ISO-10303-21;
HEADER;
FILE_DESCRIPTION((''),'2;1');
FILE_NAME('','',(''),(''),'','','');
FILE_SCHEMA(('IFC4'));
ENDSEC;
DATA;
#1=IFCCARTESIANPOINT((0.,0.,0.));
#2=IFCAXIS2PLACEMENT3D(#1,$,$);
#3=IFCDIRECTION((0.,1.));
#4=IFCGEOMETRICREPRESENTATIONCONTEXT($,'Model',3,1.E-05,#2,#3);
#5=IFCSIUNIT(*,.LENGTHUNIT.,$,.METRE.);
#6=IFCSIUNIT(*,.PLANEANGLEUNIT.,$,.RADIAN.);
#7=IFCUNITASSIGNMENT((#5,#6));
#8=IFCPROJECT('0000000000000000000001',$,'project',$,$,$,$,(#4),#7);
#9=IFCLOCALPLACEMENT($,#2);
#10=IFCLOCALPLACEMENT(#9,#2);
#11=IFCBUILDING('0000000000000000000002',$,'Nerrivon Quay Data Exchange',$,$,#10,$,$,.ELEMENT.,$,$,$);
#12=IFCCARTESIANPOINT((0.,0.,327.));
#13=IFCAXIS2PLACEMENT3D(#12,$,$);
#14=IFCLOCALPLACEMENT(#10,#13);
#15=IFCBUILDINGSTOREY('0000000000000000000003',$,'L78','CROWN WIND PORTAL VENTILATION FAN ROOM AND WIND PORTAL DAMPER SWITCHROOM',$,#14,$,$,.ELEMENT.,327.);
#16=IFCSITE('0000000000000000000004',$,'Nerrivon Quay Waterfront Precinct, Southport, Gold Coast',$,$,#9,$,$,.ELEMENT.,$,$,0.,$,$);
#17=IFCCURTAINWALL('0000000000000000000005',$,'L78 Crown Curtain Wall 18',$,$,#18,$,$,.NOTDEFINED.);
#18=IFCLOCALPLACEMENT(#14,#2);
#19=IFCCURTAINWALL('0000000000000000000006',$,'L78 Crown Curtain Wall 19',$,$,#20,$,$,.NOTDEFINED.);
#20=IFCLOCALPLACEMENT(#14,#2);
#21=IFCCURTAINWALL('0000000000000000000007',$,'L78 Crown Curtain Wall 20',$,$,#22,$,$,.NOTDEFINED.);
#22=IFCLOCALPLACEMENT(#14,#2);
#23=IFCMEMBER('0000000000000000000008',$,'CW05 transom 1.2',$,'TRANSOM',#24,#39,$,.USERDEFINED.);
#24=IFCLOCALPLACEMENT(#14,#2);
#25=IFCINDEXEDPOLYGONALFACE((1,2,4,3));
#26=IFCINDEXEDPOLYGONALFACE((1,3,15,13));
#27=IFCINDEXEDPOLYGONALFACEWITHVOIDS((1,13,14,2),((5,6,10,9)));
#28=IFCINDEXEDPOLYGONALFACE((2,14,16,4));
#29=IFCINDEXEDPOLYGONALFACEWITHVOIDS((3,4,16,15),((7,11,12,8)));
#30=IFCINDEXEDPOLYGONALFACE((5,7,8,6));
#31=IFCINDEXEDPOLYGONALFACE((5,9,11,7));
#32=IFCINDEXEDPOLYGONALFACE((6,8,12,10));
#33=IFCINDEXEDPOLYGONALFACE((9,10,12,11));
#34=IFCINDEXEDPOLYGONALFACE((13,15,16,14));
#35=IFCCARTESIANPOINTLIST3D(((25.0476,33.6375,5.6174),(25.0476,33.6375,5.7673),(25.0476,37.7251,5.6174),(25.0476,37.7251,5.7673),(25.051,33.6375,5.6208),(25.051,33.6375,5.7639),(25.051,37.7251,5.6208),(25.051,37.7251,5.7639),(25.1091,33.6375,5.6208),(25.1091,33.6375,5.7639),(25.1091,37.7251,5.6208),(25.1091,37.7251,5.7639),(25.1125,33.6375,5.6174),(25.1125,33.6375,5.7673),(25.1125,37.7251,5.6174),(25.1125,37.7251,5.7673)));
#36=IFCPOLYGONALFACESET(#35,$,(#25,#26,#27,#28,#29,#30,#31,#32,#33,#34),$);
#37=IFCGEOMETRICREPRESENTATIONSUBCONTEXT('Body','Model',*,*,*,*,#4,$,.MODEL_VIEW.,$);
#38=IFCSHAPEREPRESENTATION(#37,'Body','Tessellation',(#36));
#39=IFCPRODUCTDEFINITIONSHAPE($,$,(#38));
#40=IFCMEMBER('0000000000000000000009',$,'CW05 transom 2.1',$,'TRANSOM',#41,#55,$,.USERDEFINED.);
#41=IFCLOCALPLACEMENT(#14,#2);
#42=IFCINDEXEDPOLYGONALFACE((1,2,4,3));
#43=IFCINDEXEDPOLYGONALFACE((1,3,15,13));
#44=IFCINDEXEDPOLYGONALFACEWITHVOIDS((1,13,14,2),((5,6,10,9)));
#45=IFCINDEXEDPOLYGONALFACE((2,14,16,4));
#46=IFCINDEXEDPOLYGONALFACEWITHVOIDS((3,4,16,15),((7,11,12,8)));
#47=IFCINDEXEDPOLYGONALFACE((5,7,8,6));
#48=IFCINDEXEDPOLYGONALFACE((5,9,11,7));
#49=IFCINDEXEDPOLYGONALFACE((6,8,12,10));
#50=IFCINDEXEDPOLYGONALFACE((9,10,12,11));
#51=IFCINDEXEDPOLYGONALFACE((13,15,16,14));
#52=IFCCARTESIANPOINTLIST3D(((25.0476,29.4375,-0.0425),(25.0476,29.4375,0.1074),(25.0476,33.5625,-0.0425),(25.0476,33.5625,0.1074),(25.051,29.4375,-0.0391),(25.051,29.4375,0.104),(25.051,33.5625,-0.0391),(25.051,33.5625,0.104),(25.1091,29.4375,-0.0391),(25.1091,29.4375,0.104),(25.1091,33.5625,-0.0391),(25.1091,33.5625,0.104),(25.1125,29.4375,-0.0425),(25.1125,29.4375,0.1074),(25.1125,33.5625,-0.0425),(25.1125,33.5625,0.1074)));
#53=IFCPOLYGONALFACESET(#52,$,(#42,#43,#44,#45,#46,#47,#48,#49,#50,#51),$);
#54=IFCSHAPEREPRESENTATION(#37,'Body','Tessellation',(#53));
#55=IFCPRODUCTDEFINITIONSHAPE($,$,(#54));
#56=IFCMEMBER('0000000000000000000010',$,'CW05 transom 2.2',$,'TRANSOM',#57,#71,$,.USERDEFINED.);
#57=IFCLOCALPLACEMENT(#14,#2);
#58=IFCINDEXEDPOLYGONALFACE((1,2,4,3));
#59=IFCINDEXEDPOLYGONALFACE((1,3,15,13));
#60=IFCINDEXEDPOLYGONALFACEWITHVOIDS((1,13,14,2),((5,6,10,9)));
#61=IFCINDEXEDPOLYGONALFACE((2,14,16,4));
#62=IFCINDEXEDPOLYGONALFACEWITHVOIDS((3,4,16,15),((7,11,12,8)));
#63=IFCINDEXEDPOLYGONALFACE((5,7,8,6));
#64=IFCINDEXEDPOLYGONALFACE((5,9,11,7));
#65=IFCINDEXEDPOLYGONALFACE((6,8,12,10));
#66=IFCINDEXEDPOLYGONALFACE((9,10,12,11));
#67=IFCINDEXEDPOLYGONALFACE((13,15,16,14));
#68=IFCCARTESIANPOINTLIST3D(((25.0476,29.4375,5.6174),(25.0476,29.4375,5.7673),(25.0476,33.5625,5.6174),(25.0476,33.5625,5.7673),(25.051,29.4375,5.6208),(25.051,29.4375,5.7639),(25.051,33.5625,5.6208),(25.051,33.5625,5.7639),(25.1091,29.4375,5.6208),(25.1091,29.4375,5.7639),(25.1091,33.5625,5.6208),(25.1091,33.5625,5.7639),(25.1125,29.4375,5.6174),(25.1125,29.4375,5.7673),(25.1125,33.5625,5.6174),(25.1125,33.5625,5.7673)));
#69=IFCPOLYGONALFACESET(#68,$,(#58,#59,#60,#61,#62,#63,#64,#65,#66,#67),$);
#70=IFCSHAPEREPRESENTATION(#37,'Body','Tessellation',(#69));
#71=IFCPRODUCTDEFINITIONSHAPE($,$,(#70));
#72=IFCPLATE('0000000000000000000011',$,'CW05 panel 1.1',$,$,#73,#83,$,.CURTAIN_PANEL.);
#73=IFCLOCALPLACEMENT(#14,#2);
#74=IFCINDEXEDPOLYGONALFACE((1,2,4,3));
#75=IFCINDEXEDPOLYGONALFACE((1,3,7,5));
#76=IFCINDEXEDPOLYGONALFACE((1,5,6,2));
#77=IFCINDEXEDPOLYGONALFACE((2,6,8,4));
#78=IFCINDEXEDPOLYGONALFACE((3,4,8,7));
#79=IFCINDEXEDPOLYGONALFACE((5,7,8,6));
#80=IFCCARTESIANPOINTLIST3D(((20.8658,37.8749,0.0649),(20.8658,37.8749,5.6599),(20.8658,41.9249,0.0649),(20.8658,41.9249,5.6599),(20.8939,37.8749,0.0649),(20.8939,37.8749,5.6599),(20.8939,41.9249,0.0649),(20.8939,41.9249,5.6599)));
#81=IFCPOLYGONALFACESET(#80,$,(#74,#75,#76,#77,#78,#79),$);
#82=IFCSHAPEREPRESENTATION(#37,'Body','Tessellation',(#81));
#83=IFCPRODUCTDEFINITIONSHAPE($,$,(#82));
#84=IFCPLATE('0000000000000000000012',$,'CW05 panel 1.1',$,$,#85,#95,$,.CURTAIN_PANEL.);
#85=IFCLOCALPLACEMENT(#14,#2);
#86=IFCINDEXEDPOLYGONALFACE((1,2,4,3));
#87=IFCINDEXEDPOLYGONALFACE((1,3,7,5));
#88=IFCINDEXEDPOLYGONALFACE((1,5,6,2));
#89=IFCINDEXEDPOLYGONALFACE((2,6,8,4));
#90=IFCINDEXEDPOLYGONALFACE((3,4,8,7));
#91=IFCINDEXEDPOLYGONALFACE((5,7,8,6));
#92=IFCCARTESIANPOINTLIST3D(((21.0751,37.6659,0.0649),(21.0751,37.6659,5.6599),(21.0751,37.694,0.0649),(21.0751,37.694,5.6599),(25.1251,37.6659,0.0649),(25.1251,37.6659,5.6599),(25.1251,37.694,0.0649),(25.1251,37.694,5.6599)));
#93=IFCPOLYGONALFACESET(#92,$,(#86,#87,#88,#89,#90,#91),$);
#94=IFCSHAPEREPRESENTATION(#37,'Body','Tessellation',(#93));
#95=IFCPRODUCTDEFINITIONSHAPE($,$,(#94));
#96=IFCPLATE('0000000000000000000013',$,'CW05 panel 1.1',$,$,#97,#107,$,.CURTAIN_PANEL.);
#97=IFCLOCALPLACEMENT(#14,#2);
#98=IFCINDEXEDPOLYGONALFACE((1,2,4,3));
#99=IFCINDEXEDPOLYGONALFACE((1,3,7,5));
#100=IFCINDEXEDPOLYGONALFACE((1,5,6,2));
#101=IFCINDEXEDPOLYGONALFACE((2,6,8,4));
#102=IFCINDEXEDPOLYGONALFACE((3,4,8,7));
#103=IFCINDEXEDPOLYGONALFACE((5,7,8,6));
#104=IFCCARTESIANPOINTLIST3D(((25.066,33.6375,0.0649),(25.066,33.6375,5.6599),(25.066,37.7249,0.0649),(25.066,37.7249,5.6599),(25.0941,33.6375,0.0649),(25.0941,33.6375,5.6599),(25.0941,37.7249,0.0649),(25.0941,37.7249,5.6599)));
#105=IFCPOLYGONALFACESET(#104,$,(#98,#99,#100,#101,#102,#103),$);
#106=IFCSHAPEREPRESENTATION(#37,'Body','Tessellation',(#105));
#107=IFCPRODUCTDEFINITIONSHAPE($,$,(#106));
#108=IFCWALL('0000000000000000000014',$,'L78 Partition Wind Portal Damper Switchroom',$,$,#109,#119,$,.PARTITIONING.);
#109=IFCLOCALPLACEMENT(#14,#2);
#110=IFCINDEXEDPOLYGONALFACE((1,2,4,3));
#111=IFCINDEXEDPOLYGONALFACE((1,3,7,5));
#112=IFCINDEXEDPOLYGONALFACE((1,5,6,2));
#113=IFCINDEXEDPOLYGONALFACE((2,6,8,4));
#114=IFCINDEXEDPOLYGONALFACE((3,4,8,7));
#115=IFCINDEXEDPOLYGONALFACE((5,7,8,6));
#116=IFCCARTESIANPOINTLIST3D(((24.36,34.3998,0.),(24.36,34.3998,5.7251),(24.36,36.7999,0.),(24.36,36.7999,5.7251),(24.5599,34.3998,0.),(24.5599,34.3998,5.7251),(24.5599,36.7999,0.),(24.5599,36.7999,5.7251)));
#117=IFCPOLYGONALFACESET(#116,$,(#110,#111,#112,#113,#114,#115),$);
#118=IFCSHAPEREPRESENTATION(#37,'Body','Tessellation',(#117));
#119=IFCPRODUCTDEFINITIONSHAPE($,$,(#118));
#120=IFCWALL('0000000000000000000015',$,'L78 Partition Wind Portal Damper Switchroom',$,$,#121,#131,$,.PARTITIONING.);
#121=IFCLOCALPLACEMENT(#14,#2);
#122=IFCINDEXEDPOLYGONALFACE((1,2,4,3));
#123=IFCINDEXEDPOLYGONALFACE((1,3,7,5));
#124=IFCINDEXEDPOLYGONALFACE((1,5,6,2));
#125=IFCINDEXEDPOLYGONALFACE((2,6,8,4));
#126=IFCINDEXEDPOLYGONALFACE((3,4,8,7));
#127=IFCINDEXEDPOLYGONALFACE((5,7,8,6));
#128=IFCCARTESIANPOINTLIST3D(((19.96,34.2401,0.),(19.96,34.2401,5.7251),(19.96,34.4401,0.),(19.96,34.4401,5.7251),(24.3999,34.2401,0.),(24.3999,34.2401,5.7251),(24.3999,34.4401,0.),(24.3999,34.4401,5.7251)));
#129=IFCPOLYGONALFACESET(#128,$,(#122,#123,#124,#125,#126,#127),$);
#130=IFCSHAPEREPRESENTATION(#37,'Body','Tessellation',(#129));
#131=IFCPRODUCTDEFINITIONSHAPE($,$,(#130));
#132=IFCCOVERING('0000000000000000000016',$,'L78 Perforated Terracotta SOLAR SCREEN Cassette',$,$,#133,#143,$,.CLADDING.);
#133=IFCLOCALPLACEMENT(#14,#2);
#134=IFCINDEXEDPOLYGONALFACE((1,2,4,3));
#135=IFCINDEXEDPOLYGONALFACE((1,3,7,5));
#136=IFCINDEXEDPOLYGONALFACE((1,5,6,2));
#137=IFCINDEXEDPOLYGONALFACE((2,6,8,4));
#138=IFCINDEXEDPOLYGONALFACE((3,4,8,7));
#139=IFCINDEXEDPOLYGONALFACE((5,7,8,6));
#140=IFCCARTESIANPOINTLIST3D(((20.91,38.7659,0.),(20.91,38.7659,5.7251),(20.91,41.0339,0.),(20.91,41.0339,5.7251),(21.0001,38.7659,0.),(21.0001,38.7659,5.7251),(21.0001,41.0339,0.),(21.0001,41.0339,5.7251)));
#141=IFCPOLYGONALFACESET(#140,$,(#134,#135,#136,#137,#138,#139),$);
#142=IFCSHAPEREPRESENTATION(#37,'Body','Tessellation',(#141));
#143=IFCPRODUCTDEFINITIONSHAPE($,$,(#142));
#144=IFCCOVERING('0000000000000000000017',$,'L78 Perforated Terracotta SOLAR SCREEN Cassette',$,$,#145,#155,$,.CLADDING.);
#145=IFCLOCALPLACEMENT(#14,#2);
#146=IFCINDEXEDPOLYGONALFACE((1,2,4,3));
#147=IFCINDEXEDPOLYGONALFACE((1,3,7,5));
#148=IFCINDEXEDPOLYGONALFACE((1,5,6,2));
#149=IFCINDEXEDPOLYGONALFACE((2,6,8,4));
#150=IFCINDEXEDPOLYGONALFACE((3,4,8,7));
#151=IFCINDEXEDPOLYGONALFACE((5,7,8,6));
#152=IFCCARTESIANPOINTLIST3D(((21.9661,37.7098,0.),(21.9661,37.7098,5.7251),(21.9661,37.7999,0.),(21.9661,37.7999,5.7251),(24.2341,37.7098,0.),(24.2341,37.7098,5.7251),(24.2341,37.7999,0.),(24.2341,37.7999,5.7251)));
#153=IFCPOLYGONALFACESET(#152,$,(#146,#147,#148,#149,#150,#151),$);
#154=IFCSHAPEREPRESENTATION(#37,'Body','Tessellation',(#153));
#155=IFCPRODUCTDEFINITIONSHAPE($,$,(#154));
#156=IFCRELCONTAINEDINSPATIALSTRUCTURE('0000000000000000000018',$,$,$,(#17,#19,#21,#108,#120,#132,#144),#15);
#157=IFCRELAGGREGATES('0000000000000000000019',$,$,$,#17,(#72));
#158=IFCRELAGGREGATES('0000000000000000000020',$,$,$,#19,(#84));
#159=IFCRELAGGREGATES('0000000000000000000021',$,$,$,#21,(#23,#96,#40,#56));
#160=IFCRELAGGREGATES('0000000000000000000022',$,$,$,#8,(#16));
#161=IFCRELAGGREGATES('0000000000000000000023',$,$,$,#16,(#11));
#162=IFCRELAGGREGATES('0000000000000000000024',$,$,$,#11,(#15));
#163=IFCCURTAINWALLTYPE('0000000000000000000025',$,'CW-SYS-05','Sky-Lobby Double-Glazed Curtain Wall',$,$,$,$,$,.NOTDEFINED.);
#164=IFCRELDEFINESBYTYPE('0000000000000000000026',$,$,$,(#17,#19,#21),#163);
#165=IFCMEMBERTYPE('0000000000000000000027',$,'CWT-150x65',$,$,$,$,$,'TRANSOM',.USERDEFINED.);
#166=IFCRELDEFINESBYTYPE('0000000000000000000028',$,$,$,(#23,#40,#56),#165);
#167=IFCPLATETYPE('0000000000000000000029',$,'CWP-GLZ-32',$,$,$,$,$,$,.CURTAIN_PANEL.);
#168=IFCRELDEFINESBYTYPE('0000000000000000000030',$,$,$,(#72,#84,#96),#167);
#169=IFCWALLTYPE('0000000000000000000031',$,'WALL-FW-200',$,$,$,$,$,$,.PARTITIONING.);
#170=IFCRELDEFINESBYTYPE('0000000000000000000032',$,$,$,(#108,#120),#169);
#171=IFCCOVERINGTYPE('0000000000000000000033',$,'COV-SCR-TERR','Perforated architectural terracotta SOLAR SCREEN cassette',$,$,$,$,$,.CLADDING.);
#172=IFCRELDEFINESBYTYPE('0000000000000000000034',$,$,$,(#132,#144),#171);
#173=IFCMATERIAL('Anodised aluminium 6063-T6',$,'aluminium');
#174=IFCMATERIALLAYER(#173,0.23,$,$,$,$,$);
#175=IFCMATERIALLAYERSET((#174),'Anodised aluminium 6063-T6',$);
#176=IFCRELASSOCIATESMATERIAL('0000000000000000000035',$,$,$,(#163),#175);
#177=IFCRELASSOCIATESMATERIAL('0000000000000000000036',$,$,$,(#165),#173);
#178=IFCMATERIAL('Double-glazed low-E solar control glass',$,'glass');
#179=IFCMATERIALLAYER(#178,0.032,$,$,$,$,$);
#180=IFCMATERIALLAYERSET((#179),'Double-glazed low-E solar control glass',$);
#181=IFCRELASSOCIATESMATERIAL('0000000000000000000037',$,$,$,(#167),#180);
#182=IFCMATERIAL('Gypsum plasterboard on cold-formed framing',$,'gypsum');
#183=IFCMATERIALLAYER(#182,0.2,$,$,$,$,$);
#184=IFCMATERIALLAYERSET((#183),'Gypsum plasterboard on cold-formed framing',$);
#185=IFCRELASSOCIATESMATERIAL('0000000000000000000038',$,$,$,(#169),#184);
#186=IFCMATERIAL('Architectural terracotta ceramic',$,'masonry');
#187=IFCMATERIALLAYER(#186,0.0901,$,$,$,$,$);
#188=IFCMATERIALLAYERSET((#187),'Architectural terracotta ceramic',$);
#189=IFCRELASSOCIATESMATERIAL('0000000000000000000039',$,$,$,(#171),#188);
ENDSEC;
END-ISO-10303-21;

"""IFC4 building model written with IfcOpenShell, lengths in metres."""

from ifc_helpers import new_model, si_unit, direction, frame, frame_2d, origin, origin_2d, place, context, subcontext, project, spatial, rectangle, hollow_rectangle, extrude, material, layer, layer_set, material_profile, profile_set, type_object, element, aggregate, save


model = new_model("IFC4")

# Units and contexts
model_context = context("Model", 3, precision=1e-05, world=origin(), true_north=direction((0.0, 1.0)))
body_context = subcontext(model_context, "Body", "Model", "MODEL_VIEW")
ifc_project = project(units=[si_unit("LENGTHUNIT", "METRE"), si_unit("PLANEANGLEUNIT", "RADIAN")], contexts=[model_context])

# Site, building, storey
site_placement = place(None, origin())
site = spatial("IfcSite", under=ifc_project, at=site_placement, Name="Nerrivon Quay Waterfront Precinct, Southport, Gold Coast", CompositionType="ELEMENT", RefElevation=0.0)
building_placement = place(site_placement, origin())
building = spatial("IfcBuilding", under=site, at=building_placement, Name="Nerrivon Quay Data Exchange", CompositionType="ELEMENT")
storey_placement = place(building_placement, frame((0.0, 0.0, 327.0)))
storey = spatial("IfcBuildingStorey", under=building, at=storey_placement, Name="L78", Description="CROWN WIND PORTAL VENTILATION FAN ROOM AND WIND PORTAL DAMPER SWITCHROOM", CompositionType="ELEMENT", Elevation=327.0)

# Curtain wall
ifc_material_1 = material(Name="Anodised aluminium 6063-T6", Category="aluminium")
ifc_layer_1 = layer(ifc_material_1, 0.23)
ifc_layer_set_1 = layer_set([ifc_layer_1], Name="Anodised aluminium 6063-T6")
curtain_wall_type = type_object("IfcCurtainWallType", Name="CW-SYS-05", Description="Sky-Lobby Double-Glazed Curtain Wall", PredefinedType="NOTDEFINED", material=ifc_layer_set_1)
curtain_wall_1_placement = place(storey_placement, origin())
curtain_wall_1 = element("IfcCurtainWall", 1, at=curtain_wall_1_placement, inside=storey, type_object=curtain_wall_type, Name="L78 Crown Curtain Wall 18", PredefinedType="NOTDEFINED")

# Curtain walls
curtain_wall_2_placement = place(storey_placement, origin())
curtain_wall_2 = element("IfcCurtainWall", 2, at=curtain_wall_2_placement, inside=storey, type_object=curtain_wall_type, Name="L78 Crown Curtain Wall 19", PredefinedType="NOTDEFINED")
curtain_wall_3_placement = place(storey_placement, origin())
curtain_wall_3 = element("IfcCurtainWall", 3, at=curtain_wall_3_placement, inside=storey, type_object=curtain_wall_type, Name="L78 Crown Curtain Wall 20", PredefinedType="NOTDEFINED")

# Members
ifc_material_profile_1 = material_profile(ifc_material_1, hollow_rectangle(XDim=0.0649, YDim=0.1499, WallThickness=0.0034, at=origin_2d()), Name="ALU-TRAN-150x65")
ifc_profile_set_1 = profile_set([ifc_material_profile_1], Name="Anodised aluminium 6063-T6")
member_type_1 = type_object("IfcMemberType", Name="CWT-150x65", ElementType="TRANSOM", PredefinedType="USERDEFINED", material=ifc_profile_set_1)
member_1_placement = place(storey_placement, frame((25.0801, 37.7251, 5.6924), z_axis=(0.0, -1.0, 0.0), x_axis=(1.0, 0.0, 0.0)))
member_1 = element("IfcMember", 4, at=member_1_placement, type_object=member_type_1, Name="CW05 transom 1.2", ObjectType="TRANSOM", PredefinedType="USERDEFINED", context=body_context, shape_type="SweptSolid", body=[
    extrude(hollow_rectangle(XDim=0.0649, YDim=0.1499, WallThickness=0.0034, at=origin_2d()), origin(), (0.0, 0.0, 1.0), 4.0876),
])
member_2_placement = place(storey_placement, frame((25.0801, 33.5625, 0.0325), z_axis=(0.0, -1.0, 0.0), x_axis=(1.0, 0.0, 0.0)))
member_2 = element("IfcMember", 5, at=member_2_placement, type_object=member_type_1, Name="CW05 transom 2.1", ObjectType="TRANSOM", PredefinedType="USERDEFINED", context=body_context, shape_type="SweptSolid", body=[
    extrude(hollow_rectangle(XDim=0.0649, YDim=0.1499, WallThickness=0.0034, at=origin_2d()), origin(), (0.0, 0.0, 1.0), 4.125),
])
member_3_placement = place(storey_placement, frame((25.0801, 33.5625, 5.6924), z_axis=(0.0, -1.0, 0.0), x_axis=(1.0, 0.0, 0.0)))
member_3 = element("IfcMember", 6, at=member_3_placement, type_object=member_type_1, Name="CW05 transom 2.2", ObjectType="TRANSOM", PredefinedType="USERDEFINED", context=body_context, shape_type="SweptSolid", body=[
    extrude(hollow_rectangle(XDim=0.0649, YDim=0.1499, WallThickness=0.0034, at=origin_2d()), origin(), (0.0, 0.0, 1.0), 4.125),
])

# Plates
ifc_material_2 = material(Name="Double-glazed low-E solar control glass", Category="glass")
ifc_layer_2 = layer(ifc_material_2, 0.032)
ifc_layer_set_2 = layer_set([ifc_layer_2], Name="Double-glazed low-E solar control glass")
plate_type = type_object("IfcPlateType", Name="CWP-GLZ-32", PredefinedType="CURTAIN_PANEL", material=ifc_layer_set_2)
plate_1_placement = place(storey_placement, frame((20.8799, 39.8999, 0.0649), z_axis=(0.0, 0.0, 1.0), x_axis=(0.0, -1.0, 0.0)))
plate_1 = element("IfcPlate", 7, at=plate_1_placement, type_object=plate_type, Name="CW05 panel 1.1", PredefinedType="CURTAIN_PANEL", context=body_context, shape_type="SweptSolid", body=[
    extrude(rectangle(XDim=4.05, YDim=0.0281, at=origin_2d()), origin(), (0.0, 0.0, 1.0), 5.595),
])
aggregate(curtain_wall_1, [plate_1])
plate_2_placement = place(storey_placement, frame((23.1001, 37.6799, 0.0649), z_axis=(0.0, 0.0, 1.0), x_axis=(1.0, 0.0, 0.0)))
plate_2 = element("IfcPlate", 8, at=plate_2_placement, type_object=plate_type, Name="CW05 panel 1.1", PredefinedType="CURTAIN_PANEL", context=body_context, shape_type="SweptSolid", body=[
    extrude(rectangle(XDim=4.05, YDim=0.0281, at=origin_2d()), origin(), (0.0, 0.0, 1.0), 5.595),
])
aggregate(curtain_wall_2, [plate_2])
plate_3_placement = place(storey_placement, frame((25.0801, 35.6812, 0.0649), z_axis=(0.0, 0.0, 1.0), x_axis=(0.0, -1.0, 0.0)))
plate_3 = element("IfcPlate", 9, at=plate_3_placement, type_object=plate_type, Name="CW05 panel 1.1", PredefinedType="CURTAIN_PANEL", context=body_context, shape_type="SweptSolid", body=[
    extrude(rectangle(XDim=4.0874, YDim=0.0281, at=origin_2d()), origin(), (0.0, 0.0, 1.0), 5.595),
])
aggregate(curtain_wall_3, [member_1, plate_3, member_2, member_3])

# Walls
ifc_material_3 = material(Name="Gypsum plasterboard on cold-formed framing", Category="gypsum")
ifc_layer_3 = layer(ifc_material_3, 0.2)
ifc_layer_set_3 = layer_set([ifc_layer_3], Name="Gypsum plasterboard on cold-formed framing")
wall_type = type_object("IfcWallType", Name="WALL-FW-200", PredefinedType="PARTITIONING", material=ifc_layer_set_3)
wall_1_placement = place(storey_placement, frame((24.46, 36.8, 0.0), z_axis=(0.0, 0.0, 1.0), x_axis=(0.0, -1.0, 0.0)))
element("IfcWall", 10, at=wall_1_placement, inside=storey, type_object=wall_type, Name="L78 Partition Wind Portal Damper Switchroom", PredefinedType="PARTITIONING", context=body_context, shape_type="SweptSolid", body=[
    extrude(rectangle(XDim=2.4001, YDim=0.2, at=frame_2d((1.2002, 0.0))), origin(), (0.0, 0.0, 1.0), 5.7251),
])
wall_2_placement = place(storey_placement, frame((24.3999, 34.3401, 0.0), z_axis=(0.0, 0.0, 1.0), x_axis=(-1.0, 0.0, 0.0)))
element("IfcWall", 11, at=wall_2_placement, inside=storey, type_object=wall_type, Name="L78 Partition Wind Portal Damper Switchroom", PredefinedType="PARTITIONING", context=body_context, shape_type="SweptSolid", body=[
    extrude(rectangle(XDim=4.4399, YDim=0.2, at=frame_2d((2.22, 0.0))), origin(), (0.0, 0.0, 1.0), 5.7251),
])

# Coverings
ifc_material_4 = material(Name="Architectural terracotta ceramic", Category="masonry")
ifc_layer_4 = layer(ifc_material_4, 0.0901)
ifc_layer_set_4 = layer_set([ifc_layer_4], Name="Architectural terracotta ceramic")
covering_type = type_object("IfcCoveringType", Name="COV-SCR-TERR", Description="Perforated architectural terracotta SOLAR SCREEN cassette", PredefinedType="CLADDING", material=ifc_layer_set_4)
for number, where, z_axis, x_axis, name in (
    (12, (20.9551, 39.8999, 0.0), (0.0, 0.0, 1.0), (0.0, -1.0, 0.0), "L78 Perforated Terracotta SOLAR SCREEN Cassette"),
    (13, (23.1001, 37.7549, 0.0), (0.0, 0.0, 1.0), (1.0, 0.0, 0.0), "L78 Perforated Terracotta SOLAR SCREEN Cassette"),
):
    element("IfcCovering", number, at=place(storey_placement, frame(where, z_axis=z_axis, x_axis=x_axis)), inside=storey, type_object=covering_type, Name=name, PredefinedType="CLADDING", context=body_context, shape_type="SweptSolid", body=[
        extrude(rectangle(XDim=2.2681, YDim=0.0901, at=origin_2d()), origin(), (0.0, 0.0, 1.0), 5.7251),
    ])

save(model, "model.ifc")
